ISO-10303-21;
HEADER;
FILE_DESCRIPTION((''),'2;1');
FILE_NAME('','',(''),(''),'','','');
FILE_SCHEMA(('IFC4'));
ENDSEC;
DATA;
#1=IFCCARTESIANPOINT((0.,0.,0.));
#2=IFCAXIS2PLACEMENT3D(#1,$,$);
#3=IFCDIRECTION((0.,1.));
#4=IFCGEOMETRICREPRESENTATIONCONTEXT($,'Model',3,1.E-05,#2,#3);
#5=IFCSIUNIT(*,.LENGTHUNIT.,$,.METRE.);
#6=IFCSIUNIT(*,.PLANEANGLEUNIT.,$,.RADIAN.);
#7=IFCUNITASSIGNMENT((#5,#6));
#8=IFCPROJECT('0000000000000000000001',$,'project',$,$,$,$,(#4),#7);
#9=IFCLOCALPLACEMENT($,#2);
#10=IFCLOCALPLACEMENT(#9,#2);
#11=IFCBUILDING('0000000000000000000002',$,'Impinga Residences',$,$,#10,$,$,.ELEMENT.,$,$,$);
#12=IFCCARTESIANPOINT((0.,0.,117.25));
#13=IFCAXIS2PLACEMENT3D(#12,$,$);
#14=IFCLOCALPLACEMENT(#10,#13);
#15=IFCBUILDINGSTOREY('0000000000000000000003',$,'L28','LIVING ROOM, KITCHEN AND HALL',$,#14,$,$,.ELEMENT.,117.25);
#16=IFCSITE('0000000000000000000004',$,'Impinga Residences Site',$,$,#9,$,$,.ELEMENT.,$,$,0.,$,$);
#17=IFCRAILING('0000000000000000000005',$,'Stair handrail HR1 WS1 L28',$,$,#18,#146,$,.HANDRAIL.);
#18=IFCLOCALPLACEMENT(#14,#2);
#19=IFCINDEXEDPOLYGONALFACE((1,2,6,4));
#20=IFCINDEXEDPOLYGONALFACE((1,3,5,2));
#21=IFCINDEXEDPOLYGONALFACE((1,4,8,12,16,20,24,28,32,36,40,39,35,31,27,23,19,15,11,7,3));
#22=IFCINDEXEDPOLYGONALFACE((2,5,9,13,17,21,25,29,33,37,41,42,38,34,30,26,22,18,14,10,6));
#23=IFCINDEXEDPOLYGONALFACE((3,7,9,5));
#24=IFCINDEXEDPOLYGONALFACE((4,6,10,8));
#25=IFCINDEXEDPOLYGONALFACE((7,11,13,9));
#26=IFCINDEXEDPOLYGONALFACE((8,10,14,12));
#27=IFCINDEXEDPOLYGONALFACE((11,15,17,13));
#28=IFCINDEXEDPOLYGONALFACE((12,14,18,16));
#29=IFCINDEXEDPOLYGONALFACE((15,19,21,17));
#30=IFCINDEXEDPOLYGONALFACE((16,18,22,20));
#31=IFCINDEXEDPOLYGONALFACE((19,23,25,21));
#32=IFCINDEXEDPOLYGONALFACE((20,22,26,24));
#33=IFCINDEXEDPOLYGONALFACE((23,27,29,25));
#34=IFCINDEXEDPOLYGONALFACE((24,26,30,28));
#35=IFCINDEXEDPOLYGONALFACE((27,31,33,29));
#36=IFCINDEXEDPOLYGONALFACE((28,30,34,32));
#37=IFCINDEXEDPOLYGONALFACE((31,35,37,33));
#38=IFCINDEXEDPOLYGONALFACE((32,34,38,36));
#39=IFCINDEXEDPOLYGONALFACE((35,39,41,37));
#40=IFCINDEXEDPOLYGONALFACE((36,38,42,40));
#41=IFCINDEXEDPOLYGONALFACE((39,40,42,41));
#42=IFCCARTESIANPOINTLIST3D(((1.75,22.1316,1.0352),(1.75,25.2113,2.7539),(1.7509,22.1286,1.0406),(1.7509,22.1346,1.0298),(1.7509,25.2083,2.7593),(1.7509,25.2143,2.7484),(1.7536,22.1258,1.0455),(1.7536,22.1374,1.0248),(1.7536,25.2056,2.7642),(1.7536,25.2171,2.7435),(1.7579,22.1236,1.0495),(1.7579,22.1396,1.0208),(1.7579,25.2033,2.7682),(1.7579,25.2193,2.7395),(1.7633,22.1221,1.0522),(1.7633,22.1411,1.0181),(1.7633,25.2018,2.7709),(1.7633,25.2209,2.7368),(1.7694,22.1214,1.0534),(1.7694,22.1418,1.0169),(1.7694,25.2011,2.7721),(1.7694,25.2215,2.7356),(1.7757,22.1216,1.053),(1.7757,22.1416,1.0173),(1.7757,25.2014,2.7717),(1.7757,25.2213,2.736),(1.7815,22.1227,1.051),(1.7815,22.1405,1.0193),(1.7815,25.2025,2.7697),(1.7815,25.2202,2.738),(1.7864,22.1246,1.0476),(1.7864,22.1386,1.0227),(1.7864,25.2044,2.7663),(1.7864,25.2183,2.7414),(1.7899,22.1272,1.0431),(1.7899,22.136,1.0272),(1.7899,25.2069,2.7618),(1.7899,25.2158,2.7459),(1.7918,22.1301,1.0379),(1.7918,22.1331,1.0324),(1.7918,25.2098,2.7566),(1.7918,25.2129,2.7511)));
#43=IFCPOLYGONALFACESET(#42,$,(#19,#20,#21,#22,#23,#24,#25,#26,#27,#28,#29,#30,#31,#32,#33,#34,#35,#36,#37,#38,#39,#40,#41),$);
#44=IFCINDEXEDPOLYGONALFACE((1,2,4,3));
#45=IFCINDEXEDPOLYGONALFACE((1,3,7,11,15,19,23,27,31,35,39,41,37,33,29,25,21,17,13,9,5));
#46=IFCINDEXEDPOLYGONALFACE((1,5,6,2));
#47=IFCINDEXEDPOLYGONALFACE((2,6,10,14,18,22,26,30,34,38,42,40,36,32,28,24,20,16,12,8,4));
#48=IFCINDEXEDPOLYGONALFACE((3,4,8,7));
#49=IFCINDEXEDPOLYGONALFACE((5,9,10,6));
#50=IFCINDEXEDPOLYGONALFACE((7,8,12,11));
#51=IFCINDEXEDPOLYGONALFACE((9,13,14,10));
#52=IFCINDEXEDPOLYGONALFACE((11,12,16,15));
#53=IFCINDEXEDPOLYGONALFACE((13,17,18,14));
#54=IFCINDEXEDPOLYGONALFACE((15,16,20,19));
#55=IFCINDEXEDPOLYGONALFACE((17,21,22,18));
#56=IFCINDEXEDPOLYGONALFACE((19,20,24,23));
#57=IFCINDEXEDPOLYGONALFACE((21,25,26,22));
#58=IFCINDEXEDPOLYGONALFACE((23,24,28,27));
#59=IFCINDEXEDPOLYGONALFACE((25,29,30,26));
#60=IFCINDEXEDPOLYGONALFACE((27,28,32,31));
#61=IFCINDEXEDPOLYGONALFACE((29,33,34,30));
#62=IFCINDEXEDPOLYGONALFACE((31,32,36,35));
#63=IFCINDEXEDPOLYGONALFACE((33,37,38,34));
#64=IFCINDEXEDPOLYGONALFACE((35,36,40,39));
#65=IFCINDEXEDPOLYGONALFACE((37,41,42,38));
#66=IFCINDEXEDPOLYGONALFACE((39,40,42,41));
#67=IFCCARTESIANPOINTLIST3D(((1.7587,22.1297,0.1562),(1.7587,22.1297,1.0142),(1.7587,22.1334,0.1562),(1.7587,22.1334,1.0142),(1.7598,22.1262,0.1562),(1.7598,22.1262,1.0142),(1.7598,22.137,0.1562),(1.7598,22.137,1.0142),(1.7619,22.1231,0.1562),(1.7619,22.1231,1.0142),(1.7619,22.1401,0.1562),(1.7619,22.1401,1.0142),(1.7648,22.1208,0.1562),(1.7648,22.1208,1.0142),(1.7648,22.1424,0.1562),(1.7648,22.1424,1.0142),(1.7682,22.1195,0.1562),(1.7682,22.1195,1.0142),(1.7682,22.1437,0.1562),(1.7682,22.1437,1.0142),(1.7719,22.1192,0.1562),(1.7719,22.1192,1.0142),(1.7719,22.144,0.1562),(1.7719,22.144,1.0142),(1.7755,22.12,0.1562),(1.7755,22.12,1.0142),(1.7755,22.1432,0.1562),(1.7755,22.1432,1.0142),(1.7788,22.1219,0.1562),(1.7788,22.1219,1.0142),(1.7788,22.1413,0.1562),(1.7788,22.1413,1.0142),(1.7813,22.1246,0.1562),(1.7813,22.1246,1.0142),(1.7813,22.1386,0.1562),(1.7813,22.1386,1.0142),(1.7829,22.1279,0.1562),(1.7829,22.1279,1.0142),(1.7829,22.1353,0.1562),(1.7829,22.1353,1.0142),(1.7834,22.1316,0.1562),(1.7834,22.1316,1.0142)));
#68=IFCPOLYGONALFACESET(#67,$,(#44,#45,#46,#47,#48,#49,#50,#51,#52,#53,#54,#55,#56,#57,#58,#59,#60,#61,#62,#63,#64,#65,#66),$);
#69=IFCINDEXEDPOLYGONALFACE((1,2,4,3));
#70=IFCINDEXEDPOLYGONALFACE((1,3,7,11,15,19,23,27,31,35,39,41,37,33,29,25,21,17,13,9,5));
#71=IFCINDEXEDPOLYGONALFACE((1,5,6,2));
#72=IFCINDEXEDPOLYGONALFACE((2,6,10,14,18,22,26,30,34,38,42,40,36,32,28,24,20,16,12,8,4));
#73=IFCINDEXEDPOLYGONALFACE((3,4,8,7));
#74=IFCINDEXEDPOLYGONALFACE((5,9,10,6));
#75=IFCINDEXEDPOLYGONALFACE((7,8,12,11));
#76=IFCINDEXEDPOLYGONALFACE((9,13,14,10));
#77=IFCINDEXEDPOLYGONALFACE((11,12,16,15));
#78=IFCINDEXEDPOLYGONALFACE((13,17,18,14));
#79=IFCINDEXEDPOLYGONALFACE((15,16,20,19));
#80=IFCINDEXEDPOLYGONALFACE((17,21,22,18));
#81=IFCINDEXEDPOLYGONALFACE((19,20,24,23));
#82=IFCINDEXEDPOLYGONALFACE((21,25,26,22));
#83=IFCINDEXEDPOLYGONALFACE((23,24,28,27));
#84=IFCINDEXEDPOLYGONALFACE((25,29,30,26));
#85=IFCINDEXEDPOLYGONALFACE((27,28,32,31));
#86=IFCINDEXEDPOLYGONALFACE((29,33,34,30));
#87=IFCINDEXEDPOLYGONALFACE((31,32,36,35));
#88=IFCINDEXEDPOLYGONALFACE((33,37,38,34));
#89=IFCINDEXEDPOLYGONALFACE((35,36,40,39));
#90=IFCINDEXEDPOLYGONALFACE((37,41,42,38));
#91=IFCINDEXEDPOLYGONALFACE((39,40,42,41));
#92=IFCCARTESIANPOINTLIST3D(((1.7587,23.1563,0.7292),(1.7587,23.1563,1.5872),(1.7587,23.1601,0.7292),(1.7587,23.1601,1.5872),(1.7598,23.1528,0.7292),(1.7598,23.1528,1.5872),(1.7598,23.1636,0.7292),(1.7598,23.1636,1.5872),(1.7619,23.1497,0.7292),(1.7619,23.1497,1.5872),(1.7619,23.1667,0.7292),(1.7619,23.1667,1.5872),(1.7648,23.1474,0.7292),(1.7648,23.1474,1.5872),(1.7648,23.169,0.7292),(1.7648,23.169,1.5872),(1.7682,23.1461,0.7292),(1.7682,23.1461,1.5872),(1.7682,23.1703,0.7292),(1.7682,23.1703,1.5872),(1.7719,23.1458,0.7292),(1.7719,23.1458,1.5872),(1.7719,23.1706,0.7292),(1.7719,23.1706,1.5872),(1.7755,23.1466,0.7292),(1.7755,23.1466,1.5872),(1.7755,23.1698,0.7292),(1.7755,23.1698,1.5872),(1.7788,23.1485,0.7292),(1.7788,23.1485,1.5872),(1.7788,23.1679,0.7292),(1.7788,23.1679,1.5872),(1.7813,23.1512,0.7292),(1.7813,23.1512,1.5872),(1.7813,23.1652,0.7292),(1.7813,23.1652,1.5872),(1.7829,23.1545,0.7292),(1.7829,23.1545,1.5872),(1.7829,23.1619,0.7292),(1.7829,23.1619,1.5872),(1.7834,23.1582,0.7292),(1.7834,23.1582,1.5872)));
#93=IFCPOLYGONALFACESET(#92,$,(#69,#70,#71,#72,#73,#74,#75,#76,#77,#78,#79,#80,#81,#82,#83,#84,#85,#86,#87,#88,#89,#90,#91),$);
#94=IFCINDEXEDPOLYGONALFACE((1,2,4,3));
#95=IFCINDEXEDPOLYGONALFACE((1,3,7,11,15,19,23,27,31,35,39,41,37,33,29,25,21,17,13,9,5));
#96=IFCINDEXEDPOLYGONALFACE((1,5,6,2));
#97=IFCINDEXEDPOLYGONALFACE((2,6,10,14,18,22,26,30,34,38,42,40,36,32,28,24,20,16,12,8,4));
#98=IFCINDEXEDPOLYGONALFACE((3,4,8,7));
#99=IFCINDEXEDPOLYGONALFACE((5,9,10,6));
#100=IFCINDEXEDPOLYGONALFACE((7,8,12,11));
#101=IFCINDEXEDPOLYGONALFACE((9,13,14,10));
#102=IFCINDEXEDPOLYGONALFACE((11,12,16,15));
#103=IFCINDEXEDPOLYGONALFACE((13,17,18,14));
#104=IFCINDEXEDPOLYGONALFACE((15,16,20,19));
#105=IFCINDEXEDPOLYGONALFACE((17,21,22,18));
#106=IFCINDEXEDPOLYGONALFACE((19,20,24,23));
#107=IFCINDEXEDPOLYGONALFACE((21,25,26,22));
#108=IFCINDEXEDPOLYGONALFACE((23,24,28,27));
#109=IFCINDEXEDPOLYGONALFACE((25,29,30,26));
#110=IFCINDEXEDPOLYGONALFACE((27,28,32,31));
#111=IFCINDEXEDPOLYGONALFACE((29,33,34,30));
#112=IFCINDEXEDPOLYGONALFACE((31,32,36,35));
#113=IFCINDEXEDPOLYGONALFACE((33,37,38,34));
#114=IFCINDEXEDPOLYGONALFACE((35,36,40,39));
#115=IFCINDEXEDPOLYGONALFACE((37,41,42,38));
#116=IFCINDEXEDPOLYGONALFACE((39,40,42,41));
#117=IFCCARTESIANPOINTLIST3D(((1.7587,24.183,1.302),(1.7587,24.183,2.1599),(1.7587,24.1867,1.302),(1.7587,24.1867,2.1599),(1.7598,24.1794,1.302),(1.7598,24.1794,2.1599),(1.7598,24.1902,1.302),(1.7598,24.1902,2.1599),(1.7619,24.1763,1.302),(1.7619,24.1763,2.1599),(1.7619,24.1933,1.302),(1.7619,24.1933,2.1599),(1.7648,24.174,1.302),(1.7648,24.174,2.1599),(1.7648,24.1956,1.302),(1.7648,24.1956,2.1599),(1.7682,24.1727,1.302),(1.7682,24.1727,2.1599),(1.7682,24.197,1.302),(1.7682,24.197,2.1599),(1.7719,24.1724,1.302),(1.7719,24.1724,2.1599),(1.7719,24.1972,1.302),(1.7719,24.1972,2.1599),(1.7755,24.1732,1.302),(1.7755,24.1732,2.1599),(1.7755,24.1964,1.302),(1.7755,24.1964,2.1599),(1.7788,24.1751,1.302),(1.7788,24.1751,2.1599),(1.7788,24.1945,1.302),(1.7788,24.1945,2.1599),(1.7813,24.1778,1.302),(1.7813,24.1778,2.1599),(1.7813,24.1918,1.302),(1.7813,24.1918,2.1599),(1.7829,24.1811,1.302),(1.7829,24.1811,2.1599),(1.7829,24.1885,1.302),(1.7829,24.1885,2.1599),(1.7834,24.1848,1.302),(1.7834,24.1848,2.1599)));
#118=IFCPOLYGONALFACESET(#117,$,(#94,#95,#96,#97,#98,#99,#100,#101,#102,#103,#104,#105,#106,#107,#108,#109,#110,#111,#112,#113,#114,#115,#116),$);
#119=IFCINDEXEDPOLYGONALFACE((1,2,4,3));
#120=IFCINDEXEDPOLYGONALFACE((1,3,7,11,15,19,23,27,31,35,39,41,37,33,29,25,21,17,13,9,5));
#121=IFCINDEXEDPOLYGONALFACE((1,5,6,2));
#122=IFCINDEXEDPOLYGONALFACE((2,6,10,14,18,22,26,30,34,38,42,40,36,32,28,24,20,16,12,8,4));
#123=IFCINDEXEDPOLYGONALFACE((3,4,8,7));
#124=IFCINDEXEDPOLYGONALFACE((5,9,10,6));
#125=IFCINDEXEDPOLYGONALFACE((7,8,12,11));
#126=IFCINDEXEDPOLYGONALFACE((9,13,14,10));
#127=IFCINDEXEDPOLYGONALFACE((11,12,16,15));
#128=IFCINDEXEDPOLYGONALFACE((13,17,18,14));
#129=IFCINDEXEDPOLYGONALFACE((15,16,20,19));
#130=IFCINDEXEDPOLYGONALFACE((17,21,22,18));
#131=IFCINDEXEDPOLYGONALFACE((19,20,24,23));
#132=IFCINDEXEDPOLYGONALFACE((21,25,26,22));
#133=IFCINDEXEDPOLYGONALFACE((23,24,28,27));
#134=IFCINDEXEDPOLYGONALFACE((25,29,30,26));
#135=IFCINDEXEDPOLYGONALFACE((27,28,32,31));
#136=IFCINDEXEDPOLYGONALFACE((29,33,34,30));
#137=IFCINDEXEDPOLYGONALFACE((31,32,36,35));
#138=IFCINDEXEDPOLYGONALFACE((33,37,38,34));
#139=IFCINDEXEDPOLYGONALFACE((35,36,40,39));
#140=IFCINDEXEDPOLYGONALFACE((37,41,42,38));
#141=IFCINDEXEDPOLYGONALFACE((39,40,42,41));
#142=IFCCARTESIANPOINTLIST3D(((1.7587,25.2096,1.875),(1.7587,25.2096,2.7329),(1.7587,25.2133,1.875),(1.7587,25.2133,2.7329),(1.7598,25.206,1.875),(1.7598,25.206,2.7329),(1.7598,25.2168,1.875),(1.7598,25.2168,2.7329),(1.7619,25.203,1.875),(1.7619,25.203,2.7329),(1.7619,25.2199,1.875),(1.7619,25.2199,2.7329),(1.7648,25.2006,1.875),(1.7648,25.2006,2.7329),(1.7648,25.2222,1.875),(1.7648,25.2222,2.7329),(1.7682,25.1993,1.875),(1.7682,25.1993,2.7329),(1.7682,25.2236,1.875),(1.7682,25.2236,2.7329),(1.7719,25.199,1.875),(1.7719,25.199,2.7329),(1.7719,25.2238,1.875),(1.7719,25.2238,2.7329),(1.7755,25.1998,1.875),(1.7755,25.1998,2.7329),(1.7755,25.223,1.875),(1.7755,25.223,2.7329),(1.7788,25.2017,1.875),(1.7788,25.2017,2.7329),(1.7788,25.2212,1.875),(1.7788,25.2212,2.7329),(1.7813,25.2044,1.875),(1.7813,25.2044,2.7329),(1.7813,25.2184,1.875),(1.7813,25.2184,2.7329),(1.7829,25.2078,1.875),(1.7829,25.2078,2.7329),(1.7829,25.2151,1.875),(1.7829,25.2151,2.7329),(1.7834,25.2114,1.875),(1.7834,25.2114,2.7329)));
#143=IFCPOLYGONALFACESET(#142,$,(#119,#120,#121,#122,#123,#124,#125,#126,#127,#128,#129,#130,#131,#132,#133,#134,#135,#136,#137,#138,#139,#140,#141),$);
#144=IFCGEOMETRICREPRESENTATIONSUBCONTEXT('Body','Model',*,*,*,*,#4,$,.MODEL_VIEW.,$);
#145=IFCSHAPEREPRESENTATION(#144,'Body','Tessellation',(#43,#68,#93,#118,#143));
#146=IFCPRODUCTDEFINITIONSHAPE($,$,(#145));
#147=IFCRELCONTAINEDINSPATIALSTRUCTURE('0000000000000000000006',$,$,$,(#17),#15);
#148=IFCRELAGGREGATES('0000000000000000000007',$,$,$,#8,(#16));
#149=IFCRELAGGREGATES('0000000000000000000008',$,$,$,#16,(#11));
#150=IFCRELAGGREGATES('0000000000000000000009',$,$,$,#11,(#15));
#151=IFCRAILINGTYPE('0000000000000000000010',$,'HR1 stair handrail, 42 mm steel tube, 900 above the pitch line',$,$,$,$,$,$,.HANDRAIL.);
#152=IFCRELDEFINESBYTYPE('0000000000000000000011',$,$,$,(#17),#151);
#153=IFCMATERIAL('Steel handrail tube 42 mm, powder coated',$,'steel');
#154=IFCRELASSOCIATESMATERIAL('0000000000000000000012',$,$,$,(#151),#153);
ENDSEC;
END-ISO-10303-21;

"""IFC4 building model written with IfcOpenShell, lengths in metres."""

from ifc_helpers import new_model, si_unit, direction, frame, origin, origin_2d, place, context, subcontext, project, spatial, circle, extrude, material, type_object, element, save


model = new_model("IFC4")

# Units and contexts
model_context = context("Model", 3, precision=1e-05, world=origin(), true_north=direction((0.0, 1.0)))
body_context = subcontext(model_context, "Body", "Model", "MODEL_VIEW")
ifc_project = project(units=[si_unit("LENGTHUNIT", "METRE"), si_unit("PLANEANGLEUNIT", "RADIAN")], contexts=[model_context])

# Site, building, storey
site_placement = place(None, origin())
site = spatial("IfcSite", under=ifc_project, at=site_placement, Name="Impinga Residences Site", CompositionType="ELEMENT", RefElevation=0.0)
building_placement = place(site_placement, origin())
building = spatial("IfcBuilding", under=site, at=building_placement, Name="Impinga Residences", CompositionType="ELEMENT")
storey_placement = place(building_placement, frame((0.0, 0.0, 117.25)))
storey = spatial("IfcBuildingStorey", under=building, at=storey_placement, Name="L28", Description="LIVING ROOM, KITCHEN AND HALL", CompositionType="ELEMENT", Elevation=117.25)

# Railing
ifc_material_1 = material(Name="Steel handrail tube 42 mm, powder coated", Category="steel")
railing_type = type_object("IfcRailingType", Name="HR1 stair handrail, 42 mm steel tube, 900 above the pitch line", PredefinedType="HANDRAIL", material=ifc_material_1)
railing_placement = place(storey_placement, frame((1.771, 22.1316, 0.1562)))
element("IfcRailing", 1, at=railing_placement, inside=storey, type_object=railing_type, Name="Stair handrail HR1 WS1 L28", PredefinedType="HANDRAIL", context=body_context, shape_type="SweptSolid", body=[
    extrude(circle(Radius=0.021, at=origin_2d()), frame((0.0, 0.0, 0.8789), z_axis=(0.0, 0.873225, 0.487317), x_axis=(-1.0, 0.0, 0.0)), (0.0, 0.0, 1.0), 3.5269),
    extrude(circle(Radius=0.0125, at=origin_2d()), origin(), (0.0, 0.0, 1.0), 0.8579),
    extrude(circle(Radius=0.0125, at=origin_2d()), frame((0.0, 1.0266, 0.573)), (0.0, 0.0, 1.0), 0.8579),
    extrude(circle(Radius=0.0125, at=origin_2d()), frame((0.0, 2.0532, 1.1458)), (0.0, 0.0, 1.0), 0.8579),
    extrude(circle(Radius=0.0125, at=origin_2d()), frame((0.0, 3.0798, 1.7188)), (0.0, 0.0, 1.0), 0.8579),
])

save(model, "model.ifc")
